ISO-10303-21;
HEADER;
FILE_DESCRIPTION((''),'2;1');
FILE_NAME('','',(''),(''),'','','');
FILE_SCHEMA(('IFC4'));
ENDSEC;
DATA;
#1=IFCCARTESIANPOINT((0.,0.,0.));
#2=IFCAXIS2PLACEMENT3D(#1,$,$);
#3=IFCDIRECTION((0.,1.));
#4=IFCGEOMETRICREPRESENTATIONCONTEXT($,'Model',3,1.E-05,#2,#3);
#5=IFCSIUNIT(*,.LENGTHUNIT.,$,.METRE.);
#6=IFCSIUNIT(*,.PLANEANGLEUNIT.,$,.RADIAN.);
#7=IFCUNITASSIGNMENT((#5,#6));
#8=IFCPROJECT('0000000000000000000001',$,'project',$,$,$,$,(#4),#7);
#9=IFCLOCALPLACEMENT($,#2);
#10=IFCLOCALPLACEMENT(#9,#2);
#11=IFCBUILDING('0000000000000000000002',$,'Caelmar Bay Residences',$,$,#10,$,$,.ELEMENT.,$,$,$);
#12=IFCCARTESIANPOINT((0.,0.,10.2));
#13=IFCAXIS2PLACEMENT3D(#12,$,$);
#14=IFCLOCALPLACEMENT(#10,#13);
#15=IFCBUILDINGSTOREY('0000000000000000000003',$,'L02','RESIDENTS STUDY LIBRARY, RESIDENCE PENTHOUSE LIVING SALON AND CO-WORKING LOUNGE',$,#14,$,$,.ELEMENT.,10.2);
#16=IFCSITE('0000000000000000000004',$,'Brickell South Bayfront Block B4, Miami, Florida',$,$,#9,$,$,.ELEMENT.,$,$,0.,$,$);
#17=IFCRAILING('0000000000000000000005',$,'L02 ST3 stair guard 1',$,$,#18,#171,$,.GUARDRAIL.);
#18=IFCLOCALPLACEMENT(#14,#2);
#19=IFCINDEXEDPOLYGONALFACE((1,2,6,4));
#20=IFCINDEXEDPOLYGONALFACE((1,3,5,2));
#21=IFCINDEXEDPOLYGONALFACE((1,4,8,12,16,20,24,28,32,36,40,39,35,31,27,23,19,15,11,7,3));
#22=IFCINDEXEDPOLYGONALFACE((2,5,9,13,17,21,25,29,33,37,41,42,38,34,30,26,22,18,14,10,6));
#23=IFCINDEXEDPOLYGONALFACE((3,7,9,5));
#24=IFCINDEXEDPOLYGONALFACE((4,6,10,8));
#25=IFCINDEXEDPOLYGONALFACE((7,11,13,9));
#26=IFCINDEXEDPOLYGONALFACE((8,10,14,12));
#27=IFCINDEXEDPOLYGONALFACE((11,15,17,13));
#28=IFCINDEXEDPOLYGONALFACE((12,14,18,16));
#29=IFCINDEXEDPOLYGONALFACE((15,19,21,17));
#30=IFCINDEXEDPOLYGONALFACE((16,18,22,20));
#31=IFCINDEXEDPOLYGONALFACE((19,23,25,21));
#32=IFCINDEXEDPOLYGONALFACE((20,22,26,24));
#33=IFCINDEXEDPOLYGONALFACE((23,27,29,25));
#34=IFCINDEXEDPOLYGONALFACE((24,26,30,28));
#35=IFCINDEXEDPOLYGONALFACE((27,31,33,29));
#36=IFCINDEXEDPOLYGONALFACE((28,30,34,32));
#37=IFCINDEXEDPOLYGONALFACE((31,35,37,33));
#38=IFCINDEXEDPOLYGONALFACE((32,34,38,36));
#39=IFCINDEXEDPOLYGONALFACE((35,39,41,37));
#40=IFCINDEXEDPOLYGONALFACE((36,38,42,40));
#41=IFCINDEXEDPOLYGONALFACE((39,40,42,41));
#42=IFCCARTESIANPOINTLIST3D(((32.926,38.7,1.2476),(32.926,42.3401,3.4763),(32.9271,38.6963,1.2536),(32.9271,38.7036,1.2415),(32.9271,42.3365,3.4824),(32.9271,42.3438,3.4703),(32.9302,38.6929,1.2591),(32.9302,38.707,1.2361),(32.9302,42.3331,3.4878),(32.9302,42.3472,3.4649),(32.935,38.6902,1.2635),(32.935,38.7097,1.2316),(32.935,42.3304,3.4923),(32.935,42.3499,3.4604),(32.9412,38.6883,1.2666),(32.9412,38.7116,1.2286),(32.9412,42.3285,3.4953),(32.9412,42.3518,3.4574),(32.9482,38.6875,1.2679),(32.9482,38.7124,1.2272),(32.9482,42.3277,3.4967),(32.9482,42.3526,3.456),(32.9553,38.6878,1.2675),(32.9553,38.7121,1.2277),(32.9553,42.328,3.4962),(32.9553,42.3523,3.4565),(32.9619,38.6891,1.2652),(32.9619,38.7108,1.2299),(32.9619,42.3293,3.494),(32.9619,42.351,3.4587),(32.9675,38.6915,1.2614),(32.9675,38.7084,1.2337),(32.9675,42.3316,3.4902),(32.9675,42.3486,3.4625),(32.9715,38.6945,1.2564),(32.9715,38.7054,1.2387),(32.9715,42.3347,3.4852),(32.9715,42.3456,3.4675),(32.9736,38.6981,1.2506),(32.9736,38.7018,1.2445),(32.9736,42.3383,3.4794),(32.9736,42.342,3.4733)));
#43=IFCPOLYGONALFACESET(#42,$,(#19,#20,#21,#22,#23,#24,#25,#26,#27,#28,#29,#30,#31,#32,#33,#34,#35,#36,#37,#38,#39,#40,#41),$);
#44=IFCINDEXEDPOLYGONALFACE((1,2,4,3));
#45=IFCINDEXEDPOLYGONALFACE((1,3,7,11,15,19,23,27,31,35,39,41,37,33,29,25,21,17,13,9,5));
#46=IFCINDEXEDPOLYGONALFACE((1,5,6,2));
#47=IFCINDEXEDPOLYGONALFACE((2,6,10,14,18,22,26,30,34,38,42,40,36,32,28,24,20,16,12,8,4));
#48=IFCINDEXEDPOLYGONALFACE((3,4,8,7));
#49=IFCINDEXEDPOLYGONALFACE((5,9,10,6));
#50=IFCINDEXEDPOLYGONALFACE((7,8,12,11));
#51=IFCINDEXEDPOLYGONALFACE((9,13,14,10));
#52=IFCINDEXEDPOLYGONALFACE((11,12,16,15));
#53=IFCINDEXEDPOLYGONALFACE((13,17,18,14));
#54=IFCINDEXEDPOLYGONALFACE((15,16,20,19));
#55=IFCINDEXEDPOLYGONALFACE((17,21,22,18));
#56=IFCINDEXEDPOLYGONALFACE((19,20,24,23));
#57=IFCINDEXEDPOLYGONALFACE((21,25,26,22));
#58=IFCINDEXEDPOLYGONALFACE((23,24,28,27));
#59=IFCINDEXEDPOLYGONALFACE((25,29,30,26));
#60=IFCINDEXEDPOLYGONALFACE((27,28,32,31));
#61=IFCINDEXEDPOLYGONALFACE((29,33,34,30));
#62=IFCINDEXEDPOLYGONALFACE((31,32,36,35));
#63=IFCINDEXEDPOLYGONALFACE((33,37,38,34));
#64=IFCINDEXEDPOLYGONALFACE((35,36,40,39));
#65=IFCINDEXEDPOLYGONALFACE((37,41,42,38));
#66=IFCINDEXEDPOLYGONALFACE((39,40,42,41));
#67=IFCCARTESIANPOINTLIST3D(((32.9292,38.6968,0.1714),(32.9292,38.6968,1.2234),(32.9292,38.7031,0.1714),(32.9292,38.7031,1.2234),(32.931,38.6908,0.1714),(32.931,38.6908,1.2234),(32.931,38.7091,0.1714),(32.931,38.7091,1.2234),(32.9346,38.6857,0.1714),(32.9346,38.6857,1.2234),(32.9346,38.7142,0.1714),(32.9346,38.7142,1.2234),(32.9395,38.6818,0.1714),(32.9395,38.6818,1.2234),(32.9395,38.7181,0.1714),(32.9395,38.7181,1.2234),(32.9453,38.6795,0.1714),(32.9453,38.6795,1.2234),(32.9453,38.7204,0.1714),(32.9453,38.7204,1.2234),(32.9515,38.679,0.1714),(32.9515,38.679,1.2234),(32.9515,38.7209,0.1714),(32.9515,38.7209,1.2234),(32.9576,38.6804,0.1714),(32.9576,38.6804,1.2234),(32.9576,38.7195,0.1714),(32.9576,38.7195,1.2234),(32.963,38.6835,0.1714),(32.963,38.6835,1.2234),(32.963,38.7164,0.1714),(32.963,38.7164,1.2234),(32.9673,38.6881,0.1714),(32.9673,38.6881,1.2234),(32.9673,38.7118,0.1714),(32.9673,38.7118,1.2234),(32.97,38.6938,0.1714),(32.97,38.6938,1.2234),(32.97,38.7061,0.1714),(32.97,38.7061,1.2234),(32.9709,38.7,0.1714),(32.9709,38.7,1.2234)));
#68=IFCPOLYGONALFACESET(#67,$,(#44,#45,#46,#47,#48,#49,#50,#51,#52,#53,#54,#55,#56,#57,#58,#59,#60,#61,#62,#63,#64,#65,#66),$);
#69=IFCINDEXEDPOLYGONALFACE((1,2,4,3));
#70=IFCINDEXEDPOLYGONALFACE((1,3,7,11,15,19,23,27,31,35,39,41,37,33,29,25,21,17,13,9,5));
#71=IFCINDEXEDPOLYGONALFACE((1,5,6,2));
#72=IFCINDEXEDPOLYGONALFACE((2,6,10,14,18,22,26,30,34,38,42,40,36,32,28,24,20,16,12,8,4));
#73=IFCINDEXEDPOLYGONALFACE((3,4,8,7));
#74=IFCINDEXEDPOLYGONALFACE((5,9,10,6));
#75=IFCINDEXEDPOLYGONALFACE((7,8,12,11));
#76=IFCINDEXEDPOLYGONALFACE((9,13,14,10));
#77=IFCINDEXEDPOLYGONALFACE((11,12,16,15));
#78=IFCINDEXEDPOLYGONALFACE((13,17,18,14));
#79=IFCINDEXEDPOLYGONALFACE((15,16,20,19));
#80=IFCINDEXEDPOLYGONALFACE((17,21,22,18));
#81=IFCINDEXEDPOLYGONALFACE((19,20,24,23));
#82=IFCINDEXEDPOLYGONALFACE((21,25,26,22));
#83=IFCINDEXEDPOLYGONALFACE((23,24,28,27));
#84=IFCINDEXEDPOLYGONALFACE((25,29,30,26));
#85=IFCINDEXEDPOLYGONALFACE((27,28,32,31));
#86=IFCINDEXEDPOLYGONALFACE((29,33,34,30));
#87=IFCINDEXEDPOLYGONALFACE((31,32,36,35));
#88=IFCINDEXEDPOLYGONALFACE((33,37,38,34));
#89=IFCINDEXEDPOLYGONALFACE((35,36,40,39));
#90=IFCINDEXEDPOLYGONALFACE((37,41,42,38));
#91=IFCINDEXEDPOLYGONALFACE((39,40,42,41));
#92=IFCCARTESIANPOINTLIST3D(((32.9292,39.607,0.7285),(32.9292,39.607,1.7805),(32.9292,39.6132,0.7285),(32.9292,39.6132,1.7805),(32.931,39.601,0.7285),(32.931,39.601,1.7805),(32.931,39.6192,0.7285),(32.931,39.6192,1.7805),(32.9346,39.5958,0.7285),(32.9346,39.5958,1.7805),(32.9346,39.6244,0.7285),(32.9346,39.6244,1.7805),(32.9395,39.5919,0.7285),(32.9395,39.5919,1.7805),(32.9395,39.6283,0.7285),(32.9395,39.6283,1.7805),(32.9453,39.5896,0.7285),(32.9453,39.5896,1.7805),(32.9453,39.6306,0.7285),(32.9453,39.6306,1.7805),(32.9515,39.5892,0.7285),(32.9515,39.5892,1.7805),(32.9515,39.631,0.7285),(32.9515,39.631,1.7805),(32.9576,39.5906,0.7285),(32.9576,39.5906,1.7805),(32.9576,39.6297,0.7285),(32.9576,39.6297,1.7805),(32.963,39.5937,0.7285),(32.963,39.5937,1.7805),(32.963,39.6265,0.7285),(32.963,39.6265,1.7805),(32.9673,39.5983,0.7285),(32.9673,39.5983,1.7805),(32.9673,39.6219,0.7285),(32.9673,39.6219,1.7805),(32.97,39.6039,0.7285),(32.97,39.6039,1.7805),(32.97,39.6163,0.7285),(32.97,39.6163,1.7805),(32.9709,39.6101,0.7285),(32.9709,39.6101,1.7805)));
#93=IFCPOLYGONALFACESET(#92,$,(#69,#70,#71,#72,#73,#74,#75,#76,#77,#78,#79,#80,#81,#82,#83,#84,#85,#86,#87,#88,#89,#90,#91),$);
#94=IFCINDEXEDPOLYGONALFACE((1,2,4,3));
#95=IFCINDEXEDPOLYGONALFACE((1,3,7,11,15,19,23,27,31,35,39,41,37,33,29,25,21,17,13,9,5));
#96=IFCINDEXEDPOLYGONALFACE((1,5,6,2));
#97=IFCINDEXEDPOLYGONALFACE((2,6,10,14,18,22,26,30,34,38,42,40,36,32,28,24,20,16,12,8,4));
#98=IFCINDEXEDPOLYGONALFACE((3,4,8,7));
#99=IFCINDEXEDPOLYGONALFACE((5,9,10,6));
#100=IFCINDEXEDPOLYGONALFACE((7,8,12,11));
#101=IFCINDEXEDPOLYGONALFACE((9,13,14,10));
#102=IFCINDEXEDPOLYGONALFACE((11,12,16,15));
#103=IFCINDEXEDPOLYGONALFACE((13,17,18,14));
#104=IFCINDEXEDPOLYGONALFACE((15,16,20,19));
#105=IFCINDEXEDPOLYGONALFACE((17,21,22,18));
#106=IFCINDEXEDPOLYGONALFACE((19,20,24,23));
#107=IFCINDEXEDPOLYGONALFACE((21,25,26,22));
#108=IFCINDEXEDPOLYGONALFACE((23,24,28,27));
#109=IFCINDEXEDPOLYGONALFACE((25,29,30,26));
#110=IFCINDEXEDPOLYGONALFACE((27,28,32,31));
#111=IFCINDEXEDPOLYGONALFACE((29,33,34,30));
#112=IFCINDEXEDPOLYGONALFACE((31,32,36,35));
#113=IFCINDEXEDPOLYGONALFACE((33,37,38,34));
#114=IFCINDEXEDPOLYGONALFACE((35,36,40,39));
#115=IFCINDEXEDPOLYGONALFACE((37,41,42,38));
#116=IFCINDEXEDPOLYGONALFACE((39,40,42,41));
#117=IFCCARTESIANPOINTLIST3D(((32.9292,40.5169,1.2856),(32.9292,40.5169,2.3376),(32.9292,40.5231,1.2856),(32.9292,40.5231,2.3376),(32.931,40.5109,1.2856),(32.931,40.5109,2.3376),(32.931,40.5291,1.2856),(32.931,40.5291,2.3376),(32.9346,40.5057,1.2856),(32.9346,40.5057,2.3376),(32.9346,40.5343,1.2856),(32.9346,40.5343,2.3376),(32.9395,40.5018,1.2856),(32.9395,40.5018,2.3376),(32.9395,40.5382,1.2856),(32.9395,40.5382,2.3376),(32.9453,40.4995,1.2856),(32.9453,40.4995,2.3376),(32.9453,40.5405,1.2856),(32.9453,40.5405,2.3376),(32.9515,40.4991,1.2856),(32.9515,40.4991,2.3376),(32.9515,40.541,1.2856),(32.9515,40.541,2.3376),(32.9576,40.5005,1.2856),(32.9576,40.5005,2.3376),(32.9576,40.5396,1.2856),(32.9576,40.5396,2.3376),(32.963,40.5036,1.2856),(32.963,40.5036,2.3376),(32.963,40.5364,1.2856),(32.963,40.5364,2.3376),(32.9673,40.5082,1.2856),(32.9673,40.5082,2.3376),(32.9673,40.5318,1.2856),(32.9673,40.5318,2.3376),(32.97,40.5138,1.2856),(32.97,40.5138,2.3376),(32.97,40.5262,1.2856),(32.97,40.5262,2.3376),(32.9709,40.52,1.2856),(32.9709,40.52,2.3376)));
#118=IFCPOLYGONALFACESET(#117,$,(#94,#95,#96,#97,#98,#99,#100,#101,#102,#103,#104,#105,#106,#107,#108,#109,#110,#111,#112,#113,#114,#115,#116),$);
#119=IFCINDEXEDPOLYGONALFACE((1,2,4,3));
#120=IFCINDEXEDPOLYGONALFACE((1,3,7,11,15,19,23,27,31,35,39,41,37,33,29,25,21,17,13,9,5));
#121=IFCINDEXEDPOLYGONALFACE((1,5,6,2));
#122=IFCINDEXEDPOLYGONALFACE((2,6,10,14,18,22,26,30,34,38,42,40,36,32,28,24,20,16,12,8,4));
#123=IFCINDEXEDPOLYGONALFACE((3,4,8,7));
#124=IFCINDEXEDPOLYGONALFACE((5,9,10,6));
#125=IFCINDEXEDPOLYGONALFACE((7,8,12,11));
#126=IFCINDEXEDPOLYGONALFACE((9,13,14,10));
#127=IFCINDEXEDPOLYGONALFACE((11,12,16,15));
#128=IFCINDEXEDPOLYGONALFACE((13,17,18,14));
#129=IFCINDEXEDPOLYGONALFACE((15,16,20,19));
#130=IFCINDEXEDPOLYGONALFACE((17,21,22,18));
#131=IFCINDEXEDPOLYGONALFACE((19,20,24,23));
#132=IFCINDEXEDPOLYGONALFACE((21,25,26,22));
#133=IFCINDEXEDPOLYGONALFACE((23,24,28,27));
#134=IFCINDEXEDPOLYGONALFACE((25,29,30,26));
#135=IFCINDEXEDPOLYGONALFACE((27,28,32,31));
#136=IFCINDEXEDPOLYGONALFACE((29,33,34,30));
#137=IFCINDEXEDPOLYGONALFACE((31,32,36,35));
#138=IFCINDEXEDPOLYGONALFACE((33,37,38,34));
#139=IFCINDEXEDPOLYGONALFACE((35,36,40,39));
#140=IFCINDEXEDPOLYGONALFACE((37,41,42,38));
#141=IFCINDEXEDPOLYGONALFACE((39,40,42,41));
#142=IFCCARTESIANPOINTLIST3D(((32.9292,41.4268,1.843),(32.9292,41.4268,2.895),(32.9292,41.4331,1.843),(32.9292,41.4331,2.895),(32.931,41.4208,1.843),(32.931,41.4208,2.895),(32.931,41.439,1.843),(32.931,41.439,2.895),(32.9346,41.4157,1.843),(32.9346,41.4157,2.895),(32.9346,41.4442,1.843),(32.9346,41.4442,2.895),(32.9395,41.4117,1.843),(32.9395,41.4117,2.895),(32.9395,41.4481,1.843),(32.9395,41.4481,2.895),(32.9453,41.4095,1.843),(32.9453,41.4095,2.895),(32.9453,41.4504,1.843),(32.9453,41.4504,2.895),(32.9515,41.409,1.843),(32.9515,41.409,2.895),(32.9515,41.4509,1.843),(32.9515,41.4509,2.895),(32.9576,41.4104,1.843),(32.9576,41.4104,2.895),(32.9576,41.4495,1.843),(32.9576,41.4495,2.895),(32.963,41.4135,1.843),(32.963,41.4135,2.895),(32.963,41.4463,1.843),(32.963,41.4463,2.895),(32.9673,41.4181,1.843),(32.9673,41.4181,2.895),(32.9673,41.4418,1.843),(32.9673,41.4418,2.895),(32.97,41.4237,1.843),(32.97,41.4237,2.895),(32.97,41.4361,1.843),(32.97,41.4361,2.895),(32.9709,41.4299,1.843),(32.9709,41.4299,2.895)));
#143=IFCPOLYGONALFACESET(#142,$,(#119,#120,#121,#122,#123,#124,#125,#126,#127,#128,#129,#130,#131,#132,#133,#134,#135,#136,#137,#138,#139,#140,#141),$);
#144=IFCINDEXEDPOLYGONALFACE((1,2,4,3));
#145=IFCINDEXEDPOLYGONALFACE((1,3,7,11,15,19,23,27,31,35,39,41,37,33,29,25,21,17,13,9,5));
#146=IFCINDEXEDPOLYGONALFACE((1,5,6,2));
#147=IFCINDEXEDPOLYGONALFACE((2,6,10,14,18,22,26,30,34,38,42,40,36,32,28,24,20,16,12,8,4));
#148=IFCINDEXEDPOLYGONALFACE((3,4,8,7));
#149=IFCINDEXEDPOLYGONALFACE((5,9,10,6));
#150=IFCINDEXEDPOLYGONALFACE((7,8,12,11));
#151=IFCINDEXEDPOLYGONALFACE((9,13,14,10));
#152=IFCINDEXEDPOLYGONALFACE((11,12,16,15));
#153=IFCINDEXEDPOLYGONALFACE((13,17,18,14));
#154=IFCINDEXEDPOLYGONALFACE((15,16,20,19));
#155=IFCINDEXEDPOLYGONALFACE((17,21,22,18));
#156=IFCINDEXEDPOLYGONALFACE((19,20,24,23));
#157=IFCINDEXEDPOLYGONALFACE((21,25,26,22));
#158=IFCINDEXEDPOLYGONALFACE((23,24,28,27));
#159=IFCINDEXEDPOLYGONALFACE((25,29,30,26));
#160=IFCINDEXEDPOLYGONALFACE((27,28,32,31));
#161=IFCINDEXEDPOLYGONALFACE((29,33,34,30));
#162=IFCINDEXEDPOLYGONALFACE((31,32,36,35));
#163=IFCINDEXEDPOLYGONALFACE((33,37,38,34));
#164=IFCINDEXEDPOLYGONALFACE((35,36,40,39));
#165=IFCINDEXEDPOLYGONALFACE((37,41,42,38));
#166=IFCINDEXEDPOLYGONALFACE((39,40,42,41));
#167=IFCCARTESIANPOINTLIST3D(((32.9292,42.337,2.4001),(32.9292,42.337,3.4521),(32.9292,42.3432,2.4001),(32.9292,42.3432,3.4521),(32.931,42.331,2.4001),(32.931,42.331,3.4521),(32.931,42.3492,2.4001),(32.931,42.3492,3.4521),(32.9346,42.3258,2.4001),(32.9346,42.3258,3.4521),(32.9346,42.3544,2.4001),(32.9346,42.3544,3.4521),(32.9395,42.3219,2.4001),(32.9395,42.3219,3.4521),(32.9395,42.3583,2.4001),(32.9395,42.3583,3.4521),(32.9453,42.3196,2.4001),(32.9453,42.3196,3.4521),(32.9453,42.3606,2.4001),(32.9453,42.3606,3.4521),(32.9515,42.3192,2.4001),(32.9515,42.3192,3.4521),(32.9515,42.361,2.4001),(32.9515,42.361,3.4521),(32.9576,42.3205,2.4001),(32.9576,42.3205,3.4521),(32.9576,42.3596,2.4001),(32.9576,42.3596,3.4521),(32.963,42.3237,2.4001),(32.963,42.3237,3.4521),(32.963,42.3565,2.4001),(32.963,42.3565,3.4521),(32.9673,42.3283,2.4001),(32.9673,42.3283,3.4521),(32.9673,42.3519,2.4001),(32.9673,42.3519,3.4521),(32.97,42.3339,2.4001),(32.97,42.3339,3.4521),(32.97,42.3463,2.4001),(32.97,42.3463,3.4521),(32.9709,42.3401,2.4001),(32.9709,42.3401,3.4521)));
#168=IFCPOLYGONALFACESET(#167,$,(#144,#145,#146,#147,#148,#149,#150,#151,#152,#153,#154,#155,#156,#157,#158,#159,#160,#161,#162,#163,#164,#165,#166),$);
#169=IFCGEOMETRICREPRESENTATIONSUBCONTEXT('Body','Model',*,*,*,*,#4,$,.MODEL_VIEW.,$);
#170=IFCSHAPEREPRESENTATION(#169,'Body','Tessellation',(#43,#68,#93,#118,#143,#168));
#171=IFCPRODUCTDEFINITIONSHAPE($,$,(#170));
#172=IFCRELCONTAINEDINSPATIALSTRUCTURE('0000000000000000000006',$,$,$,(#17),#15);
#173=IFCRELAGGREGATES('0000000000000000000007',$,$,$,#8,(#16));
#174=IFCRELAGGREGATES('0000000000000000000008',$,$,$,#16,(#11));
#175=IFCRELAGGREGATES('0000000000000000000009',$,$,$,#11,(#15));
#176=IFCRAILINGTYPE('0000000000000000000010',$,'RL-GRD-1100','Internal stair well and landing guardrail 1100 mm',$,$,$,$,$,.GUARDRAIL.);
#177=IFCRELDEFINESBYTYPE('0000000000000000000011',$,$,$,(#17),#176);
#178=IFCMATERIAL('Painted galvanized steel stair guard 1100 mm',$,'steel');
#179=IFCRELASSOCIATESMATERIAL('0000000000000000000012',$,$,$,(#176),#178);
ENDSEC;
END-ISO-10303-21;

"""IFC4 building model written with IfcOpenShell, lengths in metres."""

from ifc_helpers import new_model, si_unit, direction, frame, origin, origin_2d, place, context, subcontext, project, spatial, circle, extrude, material, type_object, element, save


model = new_model("IFC4")

# Units and contexts
model_context = context("Model", 3, precision=1e-05, world=origin(), true_north=direction((0.0, 1.0)))
body_context = subcontext(model_context, "Body", "Model", "MODEL_VIEW")
ifc_project = project(units=[si_unit("LENGTHUNIT", "METRE"), si_unit("PLANEANGLEUNIT", "RADIAN")], contexts=[model_context])

# Site, building, storey
site_placement = place(None, origin())
site = spatial("IfcSite", under=ifc_project, at=site_placement, Name="Brickell South Bayfront Block B4, Miami, Florida", CompositionType="ELEMENT", RefElevation=0.0)
building_placement = place(site_placement, origin())
building = spatial("IfcBuilding", under=site, at=building_placement, Name="Caelmar Bay Residences", CompositionType="ELEMENT")
storey_placement = place(building_placement, frame((0.0, 0.0, 10.2)))
storey = spatial("IfcBuildingStorey", under=building, at=storey_placement, Name="L02", Description="RESIDENTS STUDY LIBRARY, RESIDENCE PENTHOUSE LIVING SALON AND CO-WORKING LOUNGE", CompositionType="ELEMENT", Elevation=10.2)

# Railing
ifc_material_1 = material(Name="Painted galvanized steel stair guard 1100 mm", Category="steel")
railing_type_1 = type_object("IfcRailingType", Name="RL-GRD-1100", Description="Internal stair well and landing guardrail 1100 mm", PredefinedType="GUARDRAIL", material=ifc_material_1)
railing_1_placement = place(storey_placement, frame((32.95, 38.7, 0.1714)))
element("IfcRailing", 1, at=railing_1_placement, inside=storey, type_object=railing_type_1, Name="L02 ST3 stair guard 1", PredefinedType="GUARDRAIL", context=body_context, shape_type="SweptSolid", body=[
    extrude(circle(Radius=0.0239, at=origin_2d()), frame((0.0, 0.0, 1.0762), z_axis=(0.0, 0.85284, 0.522172), x_axis=(-1.0, 0.0, 0.0)), (0.0, 0.0, 1.0), 4.2683),
    extrude(circle(Radius=0.021, at=origin_2d()), origin(), (0.0, 0.0, 1.0), 1.052),
    extrude(circle(Radius=0.021, at=origin_2d()), frame((0.0, 0.9102, 0.5571)), (0.0, 0.0, 1.0), 1.052),
    extrude(circle(Radius=0.021, at=origin_2d()), frame((0.0, 1.8201, 1.1143)), (0.0, 0.0, 1.0), 1.052),
    extrude(circle(Radius=0.021, at=origin_2d()), frame((0.0, 2.73, 1.6716)), (0.0, 0.0, 1.0), 1.052),
    extrude(circle(Radius=0.021, at=origin_2d()), frame((0.0, 3.6401, 2.2288)), (0.0, 0.0, 1.0), 1.052),
])

save(model, "model.ifc")
